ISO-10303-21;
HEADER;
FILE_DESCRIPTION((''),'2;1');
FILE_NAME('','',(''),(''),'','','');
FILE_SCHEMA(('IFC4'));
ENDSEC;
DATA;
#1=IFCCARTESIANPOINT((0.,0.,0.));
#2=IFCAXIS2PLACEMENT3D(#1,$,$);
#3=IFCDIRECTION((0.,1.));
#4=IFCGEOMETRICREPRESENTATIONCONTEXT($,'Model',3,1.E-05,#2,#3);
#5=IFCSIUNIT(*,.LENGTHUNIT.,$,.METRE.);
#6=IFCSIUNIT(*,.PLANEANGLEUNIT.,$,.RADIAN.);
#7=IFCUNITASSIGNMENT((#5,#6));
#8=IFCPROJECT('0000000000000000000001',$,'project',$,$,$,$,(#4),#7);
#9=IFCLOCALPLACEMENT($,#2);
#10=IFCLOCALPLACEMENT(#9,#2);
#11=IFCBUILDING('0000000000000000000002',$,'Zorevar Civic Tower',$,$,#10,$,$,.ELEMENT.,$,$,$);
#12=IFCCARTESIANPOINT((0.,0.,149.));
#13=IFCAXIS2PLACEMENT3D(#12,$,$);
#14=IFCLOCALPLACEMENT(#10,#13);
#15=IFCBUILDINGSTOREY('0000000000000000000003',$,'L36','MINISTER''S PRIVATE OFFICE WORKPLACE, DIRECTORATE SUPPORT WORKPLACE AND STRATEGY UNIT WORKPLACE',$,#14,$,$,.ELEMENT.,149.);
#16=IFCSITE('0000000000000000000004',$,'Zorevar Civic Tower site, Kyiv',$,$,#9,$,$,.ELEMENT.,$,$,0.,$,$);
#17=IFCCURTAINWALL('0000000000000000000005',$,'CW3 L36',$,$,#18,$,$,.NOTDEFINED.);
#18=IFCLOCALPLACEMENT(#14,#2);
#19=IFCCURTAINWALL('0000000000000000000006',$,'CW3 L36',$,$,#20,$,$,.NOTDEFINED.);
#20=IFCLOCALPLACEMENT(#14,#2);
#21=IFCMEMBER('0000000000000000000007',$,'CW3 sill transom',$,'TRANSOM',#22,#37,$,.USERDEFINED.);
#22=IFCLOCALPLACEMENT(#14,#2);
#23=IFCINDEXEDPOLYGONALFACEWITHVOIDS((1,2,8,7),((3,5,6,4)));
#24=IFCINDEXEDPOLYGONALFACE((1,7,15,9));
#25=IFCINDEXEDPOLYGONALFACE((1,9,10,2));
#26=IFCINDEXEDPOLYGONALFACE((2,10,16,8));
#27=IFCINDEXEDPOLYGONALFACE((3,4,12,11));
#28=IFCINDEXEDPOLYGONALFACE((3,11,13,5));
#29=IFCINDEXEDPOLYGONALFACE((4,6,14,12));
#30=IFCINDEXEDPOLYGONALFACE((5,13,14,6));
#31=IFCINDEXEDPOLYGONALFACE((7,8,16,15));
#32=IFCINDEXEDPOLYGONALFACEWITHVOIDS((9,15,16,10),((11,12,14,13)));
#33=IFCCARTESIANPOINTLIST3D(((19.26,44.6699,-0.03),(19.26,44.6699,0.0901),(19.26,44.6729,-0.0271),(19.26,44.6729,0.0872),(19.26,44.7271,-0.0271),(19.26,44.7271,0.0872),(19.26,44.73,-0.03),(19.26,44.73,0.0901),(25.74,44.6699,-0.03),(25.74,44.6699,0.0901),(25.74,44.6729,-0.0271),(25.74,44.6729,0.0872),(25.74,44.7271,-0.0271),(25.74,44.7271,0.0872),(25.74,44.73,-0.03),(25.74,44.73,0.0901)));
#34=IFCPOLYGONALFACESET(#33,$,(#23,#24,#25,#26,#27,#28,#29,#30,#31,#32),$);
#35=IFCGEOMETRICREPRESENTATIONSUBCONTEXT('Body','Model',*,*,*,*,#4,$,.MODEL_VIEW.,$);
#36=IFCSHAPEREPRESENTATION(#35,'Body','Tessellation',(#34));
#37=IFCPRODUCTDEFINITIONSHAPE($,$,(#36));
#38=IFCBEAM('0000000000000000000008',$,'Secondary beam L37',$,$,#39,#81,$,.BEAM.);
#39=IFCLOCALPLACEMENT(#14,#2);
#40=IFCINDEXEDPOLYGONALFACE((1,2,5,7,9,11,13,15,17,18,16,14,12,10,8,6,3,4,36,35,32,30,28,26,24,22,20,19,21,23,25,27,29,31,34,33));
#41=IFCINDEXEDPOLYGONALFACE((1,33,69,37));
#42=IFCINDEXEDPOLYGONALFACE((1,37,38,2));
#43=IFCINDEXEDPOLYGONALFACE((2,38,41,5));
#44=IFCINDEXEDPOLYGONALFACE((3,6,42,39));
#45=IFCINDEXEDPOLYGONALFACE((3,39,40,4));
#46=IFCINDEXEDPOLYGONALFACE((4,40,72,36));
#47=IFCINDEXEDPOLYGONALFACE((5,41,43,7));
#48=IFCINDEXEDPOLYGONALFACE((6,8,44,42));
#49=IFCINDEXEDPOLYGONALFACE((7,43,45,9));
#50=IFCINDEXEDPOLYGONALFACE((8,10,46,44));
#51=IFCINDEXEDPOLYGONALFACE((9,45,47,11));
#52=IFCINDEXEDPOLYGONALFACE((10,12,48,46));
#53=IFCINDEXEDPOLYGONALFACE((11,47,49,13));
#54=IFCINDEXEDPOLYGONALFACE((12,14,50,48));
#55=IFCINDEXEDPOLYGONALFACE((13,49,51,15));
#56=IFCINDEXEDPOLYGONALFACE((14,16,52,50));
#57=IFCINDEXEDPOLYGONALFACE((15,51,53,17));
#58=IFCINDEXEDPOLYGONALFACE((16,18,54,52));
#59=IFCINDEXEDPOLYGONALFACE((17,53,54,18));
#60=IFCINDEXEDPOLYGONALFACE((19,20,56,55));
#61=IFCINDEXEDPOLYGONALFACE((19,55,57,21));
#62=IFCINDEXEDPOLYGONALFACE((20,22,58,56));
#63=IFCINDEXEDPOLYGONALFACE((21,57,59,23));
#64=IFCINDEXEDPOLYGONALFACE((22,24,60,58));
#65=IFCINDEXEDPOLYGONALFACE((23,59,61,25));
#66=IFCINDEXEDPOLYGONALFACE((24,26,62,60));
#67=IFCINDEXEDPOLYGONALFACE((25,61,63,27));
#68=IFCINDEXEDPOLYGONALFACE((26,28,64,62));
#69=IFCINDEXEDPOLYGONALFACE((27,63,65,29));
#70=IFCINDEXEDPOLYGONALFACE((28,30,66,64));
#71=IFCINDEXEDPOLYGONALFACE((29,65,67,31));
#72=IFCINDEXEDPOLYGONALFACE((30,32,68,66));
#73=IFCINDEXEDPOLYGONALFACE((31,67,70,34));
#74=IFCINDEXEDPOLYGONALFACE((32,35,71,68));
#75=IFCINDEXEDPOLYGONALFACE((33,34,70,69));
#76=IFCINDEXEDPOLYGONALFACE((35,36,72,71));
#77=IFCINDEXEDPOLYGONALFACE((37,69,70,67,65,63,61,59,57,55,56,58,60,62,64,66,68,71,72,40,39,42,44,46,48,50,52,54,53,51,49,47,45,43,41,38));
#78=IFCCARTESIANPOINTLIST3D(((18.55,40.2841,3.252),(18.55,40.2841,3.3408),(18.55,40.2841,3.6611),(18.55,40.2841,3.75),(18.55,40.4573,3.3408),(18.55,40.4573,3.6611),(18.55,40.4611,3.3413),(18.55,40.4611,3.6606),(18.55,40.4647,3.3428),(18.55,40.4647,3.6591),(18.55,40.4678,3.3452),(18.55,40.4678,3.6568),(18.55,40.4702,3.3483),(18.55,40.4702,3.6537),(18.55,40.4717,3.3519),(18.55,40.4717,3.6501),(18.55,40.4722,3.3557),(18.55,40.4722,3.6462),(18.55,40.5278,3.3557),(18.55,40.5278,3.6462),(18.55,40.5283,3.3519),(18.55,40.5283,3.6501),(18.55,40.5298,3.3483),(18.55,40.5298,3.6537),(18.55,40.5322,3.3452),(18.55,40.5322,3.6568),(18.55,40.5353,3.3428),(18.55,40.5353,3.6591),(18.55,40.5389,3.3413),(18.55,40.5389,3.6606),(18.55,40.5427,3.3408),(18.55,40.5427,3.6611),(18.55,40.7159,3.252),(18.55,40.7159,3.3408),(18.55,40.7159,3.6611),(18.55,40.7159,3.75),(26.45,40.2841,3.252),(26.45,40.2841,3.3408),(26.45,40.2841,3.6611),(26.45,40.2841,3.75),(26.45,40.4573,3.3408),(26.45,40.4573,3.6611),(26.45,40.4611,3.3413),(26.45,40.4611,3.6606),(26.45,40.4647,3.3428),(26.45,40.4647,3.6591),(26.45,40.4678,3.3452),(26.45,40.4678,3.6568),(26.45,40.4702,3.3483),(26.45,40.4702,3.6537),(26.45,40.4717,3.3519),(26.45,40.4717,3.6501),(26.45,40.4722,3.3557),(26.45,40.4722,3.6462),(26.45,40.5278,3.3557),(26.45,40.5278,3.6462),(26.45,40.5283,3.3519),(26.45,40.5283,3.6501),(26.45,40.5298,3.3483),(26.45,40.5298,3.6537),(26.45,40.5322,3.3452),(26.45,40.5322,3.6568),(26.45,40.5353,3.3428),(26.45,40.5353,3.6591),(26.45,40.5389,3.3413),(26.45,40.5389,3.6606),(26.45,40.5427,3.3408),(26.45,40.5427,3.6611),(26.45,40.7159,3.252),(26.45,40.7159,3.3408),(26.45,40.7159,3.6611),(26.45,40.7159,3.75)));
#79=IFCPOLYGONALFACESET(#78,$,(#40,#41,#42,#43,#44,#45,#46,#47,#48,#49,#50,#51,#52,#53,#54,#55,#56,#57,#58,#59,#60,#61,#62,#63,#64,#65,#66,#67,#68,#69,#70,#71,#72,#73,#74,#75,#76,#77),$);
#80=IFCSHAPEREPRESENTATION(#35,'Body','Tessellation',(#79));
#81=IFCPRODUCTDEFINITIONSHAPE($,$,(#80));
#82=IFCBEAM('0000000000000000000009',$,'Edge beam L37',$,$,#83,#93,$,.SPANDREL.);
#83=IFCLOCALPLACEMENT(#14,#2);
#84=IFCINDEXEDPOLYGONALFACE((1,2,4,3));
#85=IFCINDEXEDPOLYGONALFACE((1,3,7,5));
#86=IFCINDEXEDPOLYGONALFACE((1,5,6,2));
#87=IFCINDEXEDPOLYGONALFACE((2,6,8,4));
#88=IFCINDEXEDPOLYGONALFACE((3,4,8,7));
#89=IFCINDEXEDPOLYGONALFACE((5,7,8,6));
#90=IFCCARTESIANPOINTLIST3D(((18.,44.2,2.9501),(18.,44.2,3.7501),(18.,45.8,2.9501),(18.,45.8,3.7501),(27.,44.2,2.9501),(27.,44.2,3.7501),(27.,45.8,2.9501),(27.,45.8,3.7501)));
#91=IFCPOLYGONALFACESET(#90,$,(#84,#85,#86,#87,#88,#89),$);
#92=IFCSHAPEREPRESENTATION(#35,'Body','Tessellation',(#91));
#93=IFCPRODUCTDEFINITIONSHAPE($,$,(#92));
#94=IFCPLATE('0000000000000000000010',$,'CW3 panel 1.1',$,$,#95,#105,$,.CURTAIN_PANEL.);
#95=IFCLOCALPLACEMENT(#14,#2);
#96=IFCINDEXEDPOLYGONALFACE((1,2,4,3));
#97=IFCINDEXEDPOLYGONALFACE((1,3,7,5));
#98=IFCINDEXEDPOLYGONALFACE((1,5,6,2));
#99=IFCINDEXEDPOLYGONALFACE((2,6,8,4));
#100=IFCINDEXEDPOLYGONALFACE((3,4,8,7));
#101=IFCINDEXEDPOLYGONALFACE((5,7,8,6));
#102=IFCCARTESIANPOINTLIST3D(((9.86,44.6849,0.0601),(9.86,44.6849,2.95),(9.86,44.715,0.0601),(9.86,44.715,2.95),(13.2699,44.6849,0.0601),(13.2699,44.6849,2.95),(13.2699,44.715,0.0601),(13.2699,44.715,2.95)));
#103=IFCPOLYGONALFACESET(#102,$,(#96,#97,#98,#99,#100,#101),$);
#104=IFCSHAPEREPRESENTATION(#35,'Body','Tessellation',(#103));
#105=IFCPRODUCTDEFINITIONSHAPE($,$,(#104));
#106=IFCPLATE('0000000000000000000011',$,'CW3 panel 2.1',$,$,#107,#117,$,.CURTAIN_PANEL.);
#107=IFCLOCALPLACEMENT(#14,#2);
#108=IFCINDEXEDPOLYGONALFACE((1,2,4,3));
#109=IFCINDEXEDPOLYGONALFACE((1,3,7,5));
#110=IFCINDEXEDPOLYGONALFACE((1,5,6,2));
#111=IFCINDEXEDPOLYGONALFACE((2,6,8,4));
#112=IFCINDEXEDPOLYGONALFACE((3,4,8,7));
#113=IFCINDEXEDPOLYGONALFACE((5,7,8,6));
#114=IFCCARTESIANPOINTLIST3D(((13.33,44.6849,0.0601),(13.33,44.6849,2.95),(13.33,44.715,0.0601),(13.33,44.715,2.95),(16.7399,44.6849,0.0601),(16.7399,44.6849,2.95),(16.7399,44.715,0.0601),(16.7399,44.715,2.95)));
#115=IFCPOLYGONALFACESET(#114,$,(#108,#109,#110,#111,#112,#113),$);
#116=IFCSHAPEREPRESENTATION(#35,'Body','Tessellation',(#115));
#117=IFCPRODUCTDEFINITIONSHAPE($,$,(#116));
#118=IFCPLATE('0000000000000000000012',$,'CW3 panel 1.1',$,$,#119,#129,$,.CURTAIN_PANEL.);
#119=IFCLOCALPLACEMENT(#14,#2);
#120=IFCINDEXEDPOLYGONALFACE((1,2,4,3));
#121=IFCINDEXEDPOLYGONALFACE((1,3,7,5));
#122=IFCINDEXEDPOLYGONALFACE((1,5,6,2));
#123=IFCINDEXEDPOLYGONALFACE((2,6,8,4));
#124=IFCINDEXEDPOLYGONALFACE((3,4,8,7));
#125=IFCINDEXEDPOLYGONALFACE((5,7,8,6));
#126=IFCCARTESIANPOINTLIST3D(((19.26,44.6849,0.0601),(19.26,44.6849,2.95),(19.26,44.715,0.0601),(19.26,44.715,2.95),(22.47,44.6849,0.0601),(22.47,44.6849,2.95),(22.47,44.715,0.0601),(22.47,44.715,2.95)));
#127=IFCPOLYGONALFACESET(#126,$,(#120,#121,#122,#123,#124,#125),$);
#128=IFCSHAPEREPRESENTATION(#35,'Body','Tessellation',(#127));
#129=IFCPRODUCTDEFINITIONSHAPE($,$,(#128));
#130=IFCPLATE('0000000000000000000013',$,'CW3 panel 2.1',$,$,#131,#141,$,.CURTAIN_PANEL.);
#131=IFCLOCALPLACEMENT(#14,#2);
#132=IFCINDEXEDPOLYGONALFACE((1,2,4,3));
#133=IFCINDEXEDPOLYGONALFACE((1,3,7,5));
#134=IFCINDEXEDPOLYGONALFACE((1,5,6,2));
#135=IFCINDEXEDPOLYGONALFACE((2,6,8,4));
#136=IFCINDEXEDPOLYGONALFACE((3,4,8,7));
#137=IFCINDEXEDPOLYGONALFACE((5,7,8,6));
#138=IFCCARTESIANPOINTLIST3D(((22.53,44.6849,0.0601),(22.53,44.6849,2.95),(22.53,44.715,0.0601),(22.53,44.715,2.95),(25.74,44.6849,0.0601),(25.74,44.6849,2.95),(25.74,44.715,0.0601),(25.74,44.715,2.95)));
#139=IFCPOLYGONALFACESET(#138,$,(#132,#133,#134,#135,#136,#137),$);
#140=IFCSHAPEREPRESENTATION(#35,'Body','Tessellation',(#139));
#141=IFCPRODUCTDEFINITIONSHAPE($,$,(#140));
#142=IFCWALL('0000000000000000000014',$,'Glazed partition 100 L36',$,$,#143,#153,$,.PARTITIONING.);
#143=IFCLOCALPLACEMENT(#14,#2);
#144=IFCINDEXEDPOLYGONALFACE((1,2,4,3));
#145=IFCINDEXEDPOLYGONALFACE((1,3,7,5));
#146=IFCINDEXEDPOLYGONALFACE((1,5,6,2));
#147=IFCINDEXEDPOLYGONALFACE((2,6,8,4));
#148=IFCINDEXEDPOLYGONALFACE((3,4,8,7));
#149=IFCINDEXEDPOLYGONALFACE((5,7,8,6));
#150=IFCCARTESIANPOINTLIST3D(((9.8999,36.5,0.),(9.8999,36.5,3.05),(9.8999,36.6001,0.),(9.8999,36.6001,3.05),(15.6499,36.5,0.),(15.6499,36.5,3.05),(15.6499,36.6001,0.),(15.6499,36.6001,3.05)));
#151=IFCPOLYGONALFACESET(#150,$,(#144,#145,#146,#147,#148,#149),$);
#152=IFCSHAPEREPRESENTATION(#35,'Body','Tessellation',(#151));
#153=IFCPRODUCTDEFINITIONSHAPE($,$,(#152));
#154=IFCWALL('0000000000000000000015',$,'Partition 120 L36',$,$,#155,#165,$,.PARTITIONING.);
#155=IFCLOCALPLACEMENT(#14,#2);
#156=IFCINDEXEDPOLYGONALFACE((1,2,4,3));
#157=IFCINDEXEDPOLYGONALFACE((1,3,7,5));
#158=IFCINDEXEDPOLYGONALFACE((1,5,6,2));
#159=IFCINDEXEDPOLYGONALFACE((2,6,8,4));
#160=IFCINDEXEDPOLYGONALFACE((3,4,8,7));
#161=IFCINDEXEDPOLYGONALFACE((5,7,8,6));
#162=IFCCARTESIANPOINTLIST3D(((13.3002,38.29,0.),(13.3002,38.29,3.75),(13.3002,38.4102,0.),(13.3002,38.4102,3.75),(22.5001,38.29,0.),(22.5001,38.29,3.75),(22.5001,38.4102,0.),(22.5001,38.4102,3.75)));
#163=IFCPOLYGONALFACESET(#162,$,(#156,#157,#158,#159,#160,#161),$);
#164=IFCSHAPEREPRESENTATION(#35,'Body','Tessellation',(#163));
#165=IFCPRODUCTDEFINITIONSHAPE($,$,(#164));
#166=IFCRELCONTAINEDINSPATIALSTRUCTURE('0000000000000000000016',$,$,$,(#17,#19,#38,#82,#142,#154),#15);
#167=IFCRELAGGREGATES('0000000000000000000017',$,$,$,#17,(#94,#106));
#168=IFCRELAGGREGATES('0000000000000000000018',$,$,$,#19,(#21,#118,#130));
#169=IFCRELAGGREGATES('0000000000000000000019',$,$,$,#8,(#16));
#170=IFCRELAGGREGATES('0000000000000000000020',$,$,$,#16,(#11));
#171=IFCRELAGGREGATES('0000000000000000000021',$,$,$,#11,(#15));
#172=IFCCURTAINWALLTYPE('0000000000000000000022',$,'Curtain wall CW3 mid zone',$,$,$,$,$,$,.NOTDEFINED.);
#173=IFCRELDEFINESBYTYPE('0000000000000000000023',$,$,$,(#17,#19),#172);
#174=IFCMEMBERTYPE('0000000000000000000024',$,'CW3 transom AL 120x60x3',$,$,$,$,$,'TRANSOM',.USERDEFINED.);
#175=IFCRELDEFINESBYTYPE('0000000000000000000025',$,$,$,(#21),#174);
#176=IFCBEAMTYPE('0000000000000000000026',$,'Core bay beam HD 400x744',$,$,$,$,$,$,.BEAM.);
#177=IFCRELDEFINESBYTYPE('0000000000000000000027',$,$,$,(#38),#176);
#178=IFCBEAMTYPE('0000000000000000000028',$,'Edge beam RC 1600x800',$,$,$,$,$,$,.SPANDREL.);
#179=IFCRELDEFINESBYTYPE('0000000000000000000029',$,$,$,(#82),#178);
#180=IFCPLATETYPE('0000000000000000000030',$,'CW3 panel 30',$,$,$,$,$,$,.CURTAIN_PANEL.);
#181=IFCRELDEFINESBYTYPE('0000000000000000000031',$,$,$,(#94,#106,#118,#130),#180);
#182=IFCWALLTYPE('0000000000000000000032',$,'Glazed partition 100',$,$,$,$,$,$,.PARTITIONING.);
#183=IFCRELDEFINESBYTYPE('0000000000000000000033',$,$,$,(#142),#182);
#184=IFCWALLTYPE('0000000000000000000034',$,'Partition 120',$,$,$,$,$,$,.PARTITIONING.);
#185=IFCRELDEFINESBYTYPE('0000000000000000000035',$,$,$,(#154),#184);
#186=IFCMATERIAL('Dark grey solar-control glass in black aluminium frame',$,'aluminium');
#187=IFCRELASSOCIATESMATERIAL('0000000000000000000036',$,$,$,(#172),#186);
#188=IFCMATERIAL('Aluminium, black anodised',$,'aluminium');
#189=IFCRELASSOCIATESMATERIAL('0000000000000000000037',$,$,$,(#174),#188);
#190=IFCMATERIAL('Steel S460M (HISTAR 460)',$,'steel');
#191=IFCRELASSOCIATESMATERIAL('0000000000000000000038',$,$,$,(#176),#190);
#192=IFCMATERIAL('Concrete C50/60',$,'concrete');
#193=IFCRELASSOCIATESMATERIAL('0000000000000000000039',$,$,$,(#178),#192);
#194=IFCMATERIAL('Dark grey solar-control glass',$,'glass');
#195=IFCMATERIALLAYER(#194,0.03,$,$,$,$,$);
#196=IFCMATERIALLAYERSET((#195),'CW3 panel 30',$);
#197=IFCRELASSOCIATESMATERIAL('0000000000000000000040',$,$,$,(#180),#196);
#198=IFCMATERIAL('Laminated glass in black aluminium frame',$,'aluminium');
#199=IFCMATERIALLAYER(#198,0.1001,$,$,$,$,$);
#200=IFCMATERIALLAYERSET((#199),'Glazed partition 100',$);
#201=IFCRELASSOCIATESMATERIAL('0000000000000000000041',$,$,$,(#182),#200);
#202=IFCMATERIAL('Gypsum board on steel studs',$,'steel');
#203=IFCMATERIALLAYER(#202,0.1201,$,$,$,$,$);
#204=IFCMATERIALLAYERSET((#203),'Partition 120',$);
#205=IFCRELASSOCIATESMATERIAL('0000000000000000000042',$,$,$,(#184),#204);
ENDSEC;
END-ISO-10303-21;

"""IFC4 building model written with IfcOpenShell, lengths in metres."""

from ifc_helpers import new_model, si_unit, direction, frame, frame_2d, origin, origin_2d, place, context, subcontext, project, spatial, rectangle, hollow_rectangle, i_section, extrude, material, layer, layer_set, material_profile, profile_set, type_object, element, aggregate, save


model = new_model("IFC4")

# Units and contexts
model_context = context("Model", 3, precision=1e-05, world=origin(), true_north=direction((0.0, 1.0)))
body_context = subcontext(model_context, "Body", "Model", "MODEL_VIEW")
ifc_project = project(units=[si_unit("LENGTHUNIT", "METRE"), si_unit("PLANEANGLEUNIT", "RADIAN")], contexts=[model_context])

# Site, building, storey
site_placement = place(None, origin())
site = spatial("IfcSite", under=ifc_project, at=site_placement, Name="Zorevar Civic Tower site, Kyiv", CompositionType="ELEMENT", RefElevation=0.0)
building_placement = place(site_placement, origin())
building = spatial("IfcBuilding", under=site, at=building_placement, Name="Zorevar Civic Tower", CompositionType="ELEMENT")
storey_placement = place(building_placement, frame((0.0, 0.0, 149.0)))
storey = spatial("IfcBuildingStorey", under=building, at=storey_placement, Name="L36", Description="MINISTER'S PRIVATE OFFICE WORKPLACE, DIRECTORATE SUPPORT WORKPLACE AND STRATEGY UNIT WORKPLACE", CompositionType="ELEMENT", Elevation=149.0)

# Curtain walls
ifc_material_1 = material(Name="Dark grey solar-control glass in black aluminium frame", Category="aluminium")
curtain_wall_type = type_object("IfcCurtainWallType", Name="Curtain wall CW3 mid zone", PredefinedType="NOTDEFINED", material=ifc_material_1)
curtain_wall_1_placement = place(storey_placement, origin())
curtain_wall_1 = element("IfcCurtainWall", 1, at=curtain_wall_1_placement, inside=storey, type_object=curtain_wall_type, Name="CW3 L36", PredefinedType="NOTDEFINED")
curtain_wall_2_placement = place(storey_placement, origin())
curtain_wall_2 = element("IfcCurtainWall", 2, at=curtain_wall_2_placement, inside=storey, type_object=curtain_wall_type, Name="CW3 L36", PredefinedType="NOTDEFINED")

# Member
ifc_material_2 = material(Name="Aluminium, black anodised", Category="aluminium")
ifc_material_profile_1 = material_profile(ifc_material_2, hollow_rectangle(XDim=0.0601, YDim=0.1201, WallThickness=0.0029, at=origin_2d()), Name="AL 120x60x3")
ifc_profile_set_1 = profile_set([ifc_material_profile_1], Name="Aluminium, black anodised")
member_type_1 = type_object("IfcMemberType", Name="CW3 transom AL 120x60x3", ElementType="TRANSOM", PredefinedType="USERDEFINED", material=ifc_profile_set_1)
member_1_placement = place(storey_placement, frame((19.26, 44.7, 0.03), z_axis=(1.0, 0.0, 0.0), x_axis=(0.0, 1.0, 0.0)))
member_1 = element("IfcMember", 3, at=member_1_placement, type_object=member_type_1, Name="CW3 sill transom", ObjectType="TRANSOM", PredefinedType="USERDEFINED", context=body_context, shape_type="SweptSolid", body=[
    extrude(hollow_rectangle(XDim=0.0601, YDim=0.1201, WallThickness=0.0029, at=origin_2d()), origin(), (0.0, 0.0, 1.0), 6.48),
])

# Beams
ifc_material_3 = material(Name="Steel S460M (HISTAR 460)", Category="steel")
ifc_material_profile_2 = material_profile(ifc_material_3, i_section(OverallWidth=0.4319, OverallDepth=0.498, WebThickness=0.0557, FlangeThickness=0.0889, FilletRadius=0.0149, at=origin_2d()), Name="HD 400x744")
ifc_profile_set_2 = profile_set([ifc_material_profile_2], Name="Steel S460M (HISTAR 460)")
beam_type_1 = type_object("IfcBeamType", Name="Core bay beam HD 400x744", PredefinedType="BEAM", material=ifc_profile_set_2)
beam_1_placement = place(storey_placement, frame((18.55, 40.5, 3.501), z_axis=(1.0, 0.0, 0.0), x_axis=(0.0, 1.0, 0.0)))
element("IfcBeam", 4, at=beam_1_placement, inside=storey, type_object=beam_type_1, Name="Secondary beam L37", PredefinedType="BEAM", context=body_context, shape_type="SweptSolid", body=[
    extrude(i_section(OverallWidth=0.4319, OverallDepth=0.498, WebThickness=0.0557, FlangeThickness=0.0889, FilletRadius=0.0149, at=origin_2d()), origin(), (0.0, 0.0, 1.0), 7.8999),
])
ifc_material_4 = material(Name="Concrete C50/60", Category="concrete")
ifc_material_profile_3 = material_profile(ifc_material_4, rectangle(XDim=1.6001, YDim=0.8, at=origin_2d()), Name="RC 1600x800")
ifc_profile_set_3 = profile_set([ifc_material_profile_3], Name="Concrete C50/60")
beam_type_2 = type_object("IfcBeamType", Name="Edge beam RC 1600x800", PredefinedType="SPANDREL", material=ifc_profile_set_3)
beam_2_placement = place(storey_placement, frame((18.0, 45.0, 3.3501), z_axis=(1.0, 0.0, 0.0), x_axis=(0.0, 1.0, 0.0)))
element("IfcBeam", 5, at=beam_2_placement, inside=storey, type_object=beam_type_2, Name="Edge beam L37", PredefinedType="SPANDREL", context=body_context, shape_type="SweptSolid", body=[
    extrude(rectangle(XDim=1.6001, YDim=0.8, at=origin_2d()), origin(), (0.0, 0.0, 1.0), 9.0),
])

# Plates
ifc_material_5 = material(Name="Dark grey solar-control glass", Category="glass")
ifc_layer_1 = layer(ifc_material_5, 0.03)
ifc_layer_set_1 = layer_set([ifc_layer_1], Name="CW3 panel 30")
plate_type = type_object("IfcPlateType", Name="CW3 panel 30", PredefinedType="CURTAIN_PANEL", material=ifc_layer_set_1)
plate_1_placement = place(storey_placement, frame((11.5649, 44.7, 0.0601), z_axis=(0.0, 0.0, 1.0), x_axis=(1.0, 0.0, 0.0)))
plate_1 = element("IfcPlate", 6, at=plate_1_placement, type_object=plate_type, Name="CW3 panel 1.1", PredefinedType="CURTAIN_PANEL", context=body_context, shape_type="SweptSolid", body=[
    extrude(rectangle(XDim=3.4099, YDim=0.03, at=origin_2d()), origin(), (0.0, 0.0, 1.0), 2.8899),
])
plate_2_placement = place(storey_placement, frame((15.0349, 44.7, 0.0601), z_axis=(0.0, 0.0, 1.0), x_axis=(1.0, 0.0, 0.0)))
plate_2 = element("IfcPlate", 7, at=plate_2_placement, type_object=plate_type, Name="CW3 panel 2.1", PredefinedType="CURTAIN_PANEL", context=body_context, shape_type="SweptSolid", body=[
    extrude(rectangle(XDim=3.4099, YDim=0.03, at=origin_2d()), origin(), (0.0, 0.0, 1.0), 2.8899),
])
aggregate(curtain_wall_1, [plate_1, plate_2])
plate_3_placement = place(storey_placement, frame((20.865, 44.7, 0.0601), z_axis=(0.0, 0.0, 1.0), x_axis=(1.0, 0.0, 0.0)))
plate_3 = element("IfcPlate", 8, at=plate_3_placement, type_object=plate_type, Name="CW3 panel 1.1", PredefinedType="CURTAIN_PANEL", context=body_context, shape_type="SweptSolid", body=[
    extrude(rectangle(XDim=3.21, YDim=0.03, at=origin_2d()), origin(), (0.0, 0.0, 1.0), 2.8899),
])
plate_4_placement = place(storey_placement, frame((24.135, 44.7, 0.0601), z_axis=(0.0, 0.0, 1.0), x_axis=(1.0, 0.0, 0.0)))
plate_4 = element("IfcPlate", 9, at=plate_4_placement, type_object=plate_type, Name="CW3 panel 2.1", PredefinedType="CURTAIN_PANEL", context=body_context, shape_type="SweptSolid", body=[
    extrude(rectangle(XDim=3.21, YDim=0.03, at=origin_2d()), origin(), (0.0, 0.0, 1.0), 2.8899),
])
aggregate(curtain_wall_2, [member_1, plate_3, plate_4])

# Walls
ifc_material_6 = material(Name="Laminated glass in black aluminium frame", Category="aluminium")
ifc_layer_2 = layer(ifc_material_6, 0.1001)
ifc_layer_set_2 = layer_set([ifc_layer_2], Name="Glazed partition 100")
wall_type_1 = type_object("IfcWallType", Name="Glazed partition 100", PredefinedType="PARTITIONING", material=ifc_layer_set_2)
wall_1_placement = place(storey_placement, frame((9.8999, 36.55, 0.0), z_axis=(0.0, 0.0, 1.0), x_axis=(1.0, 0.0, 0.0)))
element("IfcWall", 10, at=wall_1_placement, inside=storey, type_object=wall_type_1, Name="Glazed partition 100 L36", PredefinedType="PARTITIONING", context=body_context, shape_type="SweptSolid", body=[
    extrude(rectangle(XDim=5.75, YDim=0.1001, at=frame_2d((2.875, 0.0))), origin(), (0.0, 0.0, 1.0), 3.05),
])
ifc_material_7 = material(Name="Gypsum board on steel studs", Category="steel")
ifc_layer_3 = layer(ifc_material_7, 0.1201)
ifc_layer_set_3 = layer_set([ifc_layer_3], Name="Partition 120")
wall_type_2 = type_object("IfcWallType", Name="Partition 120", PredefinedType="PARTITIONING", material=ifc_layer_set_3)
wall_2_placement = place(storey_placement, frame((13.3, 38.3501, 0.0), z_axis=(0.0, 0.0, 1.0), x_axis=(1.0, 0.0, 0.0)))
element("IfcWall", 11, at=wall_2_placement, inside=storey, type_object=wall_type_2, Name="Partition 120 L36", PredefinedType="PARTITIONING", context=body_context, shape_type="SweptSolid", body=[
    extrude(rectangle(XDim=9.2, YDim=0.1201, at=frame_2d((4.6001, 0.0))), origin(), (0.0, 0.0, 1.0), 3.75),
])

save(model, "model.ifc")
